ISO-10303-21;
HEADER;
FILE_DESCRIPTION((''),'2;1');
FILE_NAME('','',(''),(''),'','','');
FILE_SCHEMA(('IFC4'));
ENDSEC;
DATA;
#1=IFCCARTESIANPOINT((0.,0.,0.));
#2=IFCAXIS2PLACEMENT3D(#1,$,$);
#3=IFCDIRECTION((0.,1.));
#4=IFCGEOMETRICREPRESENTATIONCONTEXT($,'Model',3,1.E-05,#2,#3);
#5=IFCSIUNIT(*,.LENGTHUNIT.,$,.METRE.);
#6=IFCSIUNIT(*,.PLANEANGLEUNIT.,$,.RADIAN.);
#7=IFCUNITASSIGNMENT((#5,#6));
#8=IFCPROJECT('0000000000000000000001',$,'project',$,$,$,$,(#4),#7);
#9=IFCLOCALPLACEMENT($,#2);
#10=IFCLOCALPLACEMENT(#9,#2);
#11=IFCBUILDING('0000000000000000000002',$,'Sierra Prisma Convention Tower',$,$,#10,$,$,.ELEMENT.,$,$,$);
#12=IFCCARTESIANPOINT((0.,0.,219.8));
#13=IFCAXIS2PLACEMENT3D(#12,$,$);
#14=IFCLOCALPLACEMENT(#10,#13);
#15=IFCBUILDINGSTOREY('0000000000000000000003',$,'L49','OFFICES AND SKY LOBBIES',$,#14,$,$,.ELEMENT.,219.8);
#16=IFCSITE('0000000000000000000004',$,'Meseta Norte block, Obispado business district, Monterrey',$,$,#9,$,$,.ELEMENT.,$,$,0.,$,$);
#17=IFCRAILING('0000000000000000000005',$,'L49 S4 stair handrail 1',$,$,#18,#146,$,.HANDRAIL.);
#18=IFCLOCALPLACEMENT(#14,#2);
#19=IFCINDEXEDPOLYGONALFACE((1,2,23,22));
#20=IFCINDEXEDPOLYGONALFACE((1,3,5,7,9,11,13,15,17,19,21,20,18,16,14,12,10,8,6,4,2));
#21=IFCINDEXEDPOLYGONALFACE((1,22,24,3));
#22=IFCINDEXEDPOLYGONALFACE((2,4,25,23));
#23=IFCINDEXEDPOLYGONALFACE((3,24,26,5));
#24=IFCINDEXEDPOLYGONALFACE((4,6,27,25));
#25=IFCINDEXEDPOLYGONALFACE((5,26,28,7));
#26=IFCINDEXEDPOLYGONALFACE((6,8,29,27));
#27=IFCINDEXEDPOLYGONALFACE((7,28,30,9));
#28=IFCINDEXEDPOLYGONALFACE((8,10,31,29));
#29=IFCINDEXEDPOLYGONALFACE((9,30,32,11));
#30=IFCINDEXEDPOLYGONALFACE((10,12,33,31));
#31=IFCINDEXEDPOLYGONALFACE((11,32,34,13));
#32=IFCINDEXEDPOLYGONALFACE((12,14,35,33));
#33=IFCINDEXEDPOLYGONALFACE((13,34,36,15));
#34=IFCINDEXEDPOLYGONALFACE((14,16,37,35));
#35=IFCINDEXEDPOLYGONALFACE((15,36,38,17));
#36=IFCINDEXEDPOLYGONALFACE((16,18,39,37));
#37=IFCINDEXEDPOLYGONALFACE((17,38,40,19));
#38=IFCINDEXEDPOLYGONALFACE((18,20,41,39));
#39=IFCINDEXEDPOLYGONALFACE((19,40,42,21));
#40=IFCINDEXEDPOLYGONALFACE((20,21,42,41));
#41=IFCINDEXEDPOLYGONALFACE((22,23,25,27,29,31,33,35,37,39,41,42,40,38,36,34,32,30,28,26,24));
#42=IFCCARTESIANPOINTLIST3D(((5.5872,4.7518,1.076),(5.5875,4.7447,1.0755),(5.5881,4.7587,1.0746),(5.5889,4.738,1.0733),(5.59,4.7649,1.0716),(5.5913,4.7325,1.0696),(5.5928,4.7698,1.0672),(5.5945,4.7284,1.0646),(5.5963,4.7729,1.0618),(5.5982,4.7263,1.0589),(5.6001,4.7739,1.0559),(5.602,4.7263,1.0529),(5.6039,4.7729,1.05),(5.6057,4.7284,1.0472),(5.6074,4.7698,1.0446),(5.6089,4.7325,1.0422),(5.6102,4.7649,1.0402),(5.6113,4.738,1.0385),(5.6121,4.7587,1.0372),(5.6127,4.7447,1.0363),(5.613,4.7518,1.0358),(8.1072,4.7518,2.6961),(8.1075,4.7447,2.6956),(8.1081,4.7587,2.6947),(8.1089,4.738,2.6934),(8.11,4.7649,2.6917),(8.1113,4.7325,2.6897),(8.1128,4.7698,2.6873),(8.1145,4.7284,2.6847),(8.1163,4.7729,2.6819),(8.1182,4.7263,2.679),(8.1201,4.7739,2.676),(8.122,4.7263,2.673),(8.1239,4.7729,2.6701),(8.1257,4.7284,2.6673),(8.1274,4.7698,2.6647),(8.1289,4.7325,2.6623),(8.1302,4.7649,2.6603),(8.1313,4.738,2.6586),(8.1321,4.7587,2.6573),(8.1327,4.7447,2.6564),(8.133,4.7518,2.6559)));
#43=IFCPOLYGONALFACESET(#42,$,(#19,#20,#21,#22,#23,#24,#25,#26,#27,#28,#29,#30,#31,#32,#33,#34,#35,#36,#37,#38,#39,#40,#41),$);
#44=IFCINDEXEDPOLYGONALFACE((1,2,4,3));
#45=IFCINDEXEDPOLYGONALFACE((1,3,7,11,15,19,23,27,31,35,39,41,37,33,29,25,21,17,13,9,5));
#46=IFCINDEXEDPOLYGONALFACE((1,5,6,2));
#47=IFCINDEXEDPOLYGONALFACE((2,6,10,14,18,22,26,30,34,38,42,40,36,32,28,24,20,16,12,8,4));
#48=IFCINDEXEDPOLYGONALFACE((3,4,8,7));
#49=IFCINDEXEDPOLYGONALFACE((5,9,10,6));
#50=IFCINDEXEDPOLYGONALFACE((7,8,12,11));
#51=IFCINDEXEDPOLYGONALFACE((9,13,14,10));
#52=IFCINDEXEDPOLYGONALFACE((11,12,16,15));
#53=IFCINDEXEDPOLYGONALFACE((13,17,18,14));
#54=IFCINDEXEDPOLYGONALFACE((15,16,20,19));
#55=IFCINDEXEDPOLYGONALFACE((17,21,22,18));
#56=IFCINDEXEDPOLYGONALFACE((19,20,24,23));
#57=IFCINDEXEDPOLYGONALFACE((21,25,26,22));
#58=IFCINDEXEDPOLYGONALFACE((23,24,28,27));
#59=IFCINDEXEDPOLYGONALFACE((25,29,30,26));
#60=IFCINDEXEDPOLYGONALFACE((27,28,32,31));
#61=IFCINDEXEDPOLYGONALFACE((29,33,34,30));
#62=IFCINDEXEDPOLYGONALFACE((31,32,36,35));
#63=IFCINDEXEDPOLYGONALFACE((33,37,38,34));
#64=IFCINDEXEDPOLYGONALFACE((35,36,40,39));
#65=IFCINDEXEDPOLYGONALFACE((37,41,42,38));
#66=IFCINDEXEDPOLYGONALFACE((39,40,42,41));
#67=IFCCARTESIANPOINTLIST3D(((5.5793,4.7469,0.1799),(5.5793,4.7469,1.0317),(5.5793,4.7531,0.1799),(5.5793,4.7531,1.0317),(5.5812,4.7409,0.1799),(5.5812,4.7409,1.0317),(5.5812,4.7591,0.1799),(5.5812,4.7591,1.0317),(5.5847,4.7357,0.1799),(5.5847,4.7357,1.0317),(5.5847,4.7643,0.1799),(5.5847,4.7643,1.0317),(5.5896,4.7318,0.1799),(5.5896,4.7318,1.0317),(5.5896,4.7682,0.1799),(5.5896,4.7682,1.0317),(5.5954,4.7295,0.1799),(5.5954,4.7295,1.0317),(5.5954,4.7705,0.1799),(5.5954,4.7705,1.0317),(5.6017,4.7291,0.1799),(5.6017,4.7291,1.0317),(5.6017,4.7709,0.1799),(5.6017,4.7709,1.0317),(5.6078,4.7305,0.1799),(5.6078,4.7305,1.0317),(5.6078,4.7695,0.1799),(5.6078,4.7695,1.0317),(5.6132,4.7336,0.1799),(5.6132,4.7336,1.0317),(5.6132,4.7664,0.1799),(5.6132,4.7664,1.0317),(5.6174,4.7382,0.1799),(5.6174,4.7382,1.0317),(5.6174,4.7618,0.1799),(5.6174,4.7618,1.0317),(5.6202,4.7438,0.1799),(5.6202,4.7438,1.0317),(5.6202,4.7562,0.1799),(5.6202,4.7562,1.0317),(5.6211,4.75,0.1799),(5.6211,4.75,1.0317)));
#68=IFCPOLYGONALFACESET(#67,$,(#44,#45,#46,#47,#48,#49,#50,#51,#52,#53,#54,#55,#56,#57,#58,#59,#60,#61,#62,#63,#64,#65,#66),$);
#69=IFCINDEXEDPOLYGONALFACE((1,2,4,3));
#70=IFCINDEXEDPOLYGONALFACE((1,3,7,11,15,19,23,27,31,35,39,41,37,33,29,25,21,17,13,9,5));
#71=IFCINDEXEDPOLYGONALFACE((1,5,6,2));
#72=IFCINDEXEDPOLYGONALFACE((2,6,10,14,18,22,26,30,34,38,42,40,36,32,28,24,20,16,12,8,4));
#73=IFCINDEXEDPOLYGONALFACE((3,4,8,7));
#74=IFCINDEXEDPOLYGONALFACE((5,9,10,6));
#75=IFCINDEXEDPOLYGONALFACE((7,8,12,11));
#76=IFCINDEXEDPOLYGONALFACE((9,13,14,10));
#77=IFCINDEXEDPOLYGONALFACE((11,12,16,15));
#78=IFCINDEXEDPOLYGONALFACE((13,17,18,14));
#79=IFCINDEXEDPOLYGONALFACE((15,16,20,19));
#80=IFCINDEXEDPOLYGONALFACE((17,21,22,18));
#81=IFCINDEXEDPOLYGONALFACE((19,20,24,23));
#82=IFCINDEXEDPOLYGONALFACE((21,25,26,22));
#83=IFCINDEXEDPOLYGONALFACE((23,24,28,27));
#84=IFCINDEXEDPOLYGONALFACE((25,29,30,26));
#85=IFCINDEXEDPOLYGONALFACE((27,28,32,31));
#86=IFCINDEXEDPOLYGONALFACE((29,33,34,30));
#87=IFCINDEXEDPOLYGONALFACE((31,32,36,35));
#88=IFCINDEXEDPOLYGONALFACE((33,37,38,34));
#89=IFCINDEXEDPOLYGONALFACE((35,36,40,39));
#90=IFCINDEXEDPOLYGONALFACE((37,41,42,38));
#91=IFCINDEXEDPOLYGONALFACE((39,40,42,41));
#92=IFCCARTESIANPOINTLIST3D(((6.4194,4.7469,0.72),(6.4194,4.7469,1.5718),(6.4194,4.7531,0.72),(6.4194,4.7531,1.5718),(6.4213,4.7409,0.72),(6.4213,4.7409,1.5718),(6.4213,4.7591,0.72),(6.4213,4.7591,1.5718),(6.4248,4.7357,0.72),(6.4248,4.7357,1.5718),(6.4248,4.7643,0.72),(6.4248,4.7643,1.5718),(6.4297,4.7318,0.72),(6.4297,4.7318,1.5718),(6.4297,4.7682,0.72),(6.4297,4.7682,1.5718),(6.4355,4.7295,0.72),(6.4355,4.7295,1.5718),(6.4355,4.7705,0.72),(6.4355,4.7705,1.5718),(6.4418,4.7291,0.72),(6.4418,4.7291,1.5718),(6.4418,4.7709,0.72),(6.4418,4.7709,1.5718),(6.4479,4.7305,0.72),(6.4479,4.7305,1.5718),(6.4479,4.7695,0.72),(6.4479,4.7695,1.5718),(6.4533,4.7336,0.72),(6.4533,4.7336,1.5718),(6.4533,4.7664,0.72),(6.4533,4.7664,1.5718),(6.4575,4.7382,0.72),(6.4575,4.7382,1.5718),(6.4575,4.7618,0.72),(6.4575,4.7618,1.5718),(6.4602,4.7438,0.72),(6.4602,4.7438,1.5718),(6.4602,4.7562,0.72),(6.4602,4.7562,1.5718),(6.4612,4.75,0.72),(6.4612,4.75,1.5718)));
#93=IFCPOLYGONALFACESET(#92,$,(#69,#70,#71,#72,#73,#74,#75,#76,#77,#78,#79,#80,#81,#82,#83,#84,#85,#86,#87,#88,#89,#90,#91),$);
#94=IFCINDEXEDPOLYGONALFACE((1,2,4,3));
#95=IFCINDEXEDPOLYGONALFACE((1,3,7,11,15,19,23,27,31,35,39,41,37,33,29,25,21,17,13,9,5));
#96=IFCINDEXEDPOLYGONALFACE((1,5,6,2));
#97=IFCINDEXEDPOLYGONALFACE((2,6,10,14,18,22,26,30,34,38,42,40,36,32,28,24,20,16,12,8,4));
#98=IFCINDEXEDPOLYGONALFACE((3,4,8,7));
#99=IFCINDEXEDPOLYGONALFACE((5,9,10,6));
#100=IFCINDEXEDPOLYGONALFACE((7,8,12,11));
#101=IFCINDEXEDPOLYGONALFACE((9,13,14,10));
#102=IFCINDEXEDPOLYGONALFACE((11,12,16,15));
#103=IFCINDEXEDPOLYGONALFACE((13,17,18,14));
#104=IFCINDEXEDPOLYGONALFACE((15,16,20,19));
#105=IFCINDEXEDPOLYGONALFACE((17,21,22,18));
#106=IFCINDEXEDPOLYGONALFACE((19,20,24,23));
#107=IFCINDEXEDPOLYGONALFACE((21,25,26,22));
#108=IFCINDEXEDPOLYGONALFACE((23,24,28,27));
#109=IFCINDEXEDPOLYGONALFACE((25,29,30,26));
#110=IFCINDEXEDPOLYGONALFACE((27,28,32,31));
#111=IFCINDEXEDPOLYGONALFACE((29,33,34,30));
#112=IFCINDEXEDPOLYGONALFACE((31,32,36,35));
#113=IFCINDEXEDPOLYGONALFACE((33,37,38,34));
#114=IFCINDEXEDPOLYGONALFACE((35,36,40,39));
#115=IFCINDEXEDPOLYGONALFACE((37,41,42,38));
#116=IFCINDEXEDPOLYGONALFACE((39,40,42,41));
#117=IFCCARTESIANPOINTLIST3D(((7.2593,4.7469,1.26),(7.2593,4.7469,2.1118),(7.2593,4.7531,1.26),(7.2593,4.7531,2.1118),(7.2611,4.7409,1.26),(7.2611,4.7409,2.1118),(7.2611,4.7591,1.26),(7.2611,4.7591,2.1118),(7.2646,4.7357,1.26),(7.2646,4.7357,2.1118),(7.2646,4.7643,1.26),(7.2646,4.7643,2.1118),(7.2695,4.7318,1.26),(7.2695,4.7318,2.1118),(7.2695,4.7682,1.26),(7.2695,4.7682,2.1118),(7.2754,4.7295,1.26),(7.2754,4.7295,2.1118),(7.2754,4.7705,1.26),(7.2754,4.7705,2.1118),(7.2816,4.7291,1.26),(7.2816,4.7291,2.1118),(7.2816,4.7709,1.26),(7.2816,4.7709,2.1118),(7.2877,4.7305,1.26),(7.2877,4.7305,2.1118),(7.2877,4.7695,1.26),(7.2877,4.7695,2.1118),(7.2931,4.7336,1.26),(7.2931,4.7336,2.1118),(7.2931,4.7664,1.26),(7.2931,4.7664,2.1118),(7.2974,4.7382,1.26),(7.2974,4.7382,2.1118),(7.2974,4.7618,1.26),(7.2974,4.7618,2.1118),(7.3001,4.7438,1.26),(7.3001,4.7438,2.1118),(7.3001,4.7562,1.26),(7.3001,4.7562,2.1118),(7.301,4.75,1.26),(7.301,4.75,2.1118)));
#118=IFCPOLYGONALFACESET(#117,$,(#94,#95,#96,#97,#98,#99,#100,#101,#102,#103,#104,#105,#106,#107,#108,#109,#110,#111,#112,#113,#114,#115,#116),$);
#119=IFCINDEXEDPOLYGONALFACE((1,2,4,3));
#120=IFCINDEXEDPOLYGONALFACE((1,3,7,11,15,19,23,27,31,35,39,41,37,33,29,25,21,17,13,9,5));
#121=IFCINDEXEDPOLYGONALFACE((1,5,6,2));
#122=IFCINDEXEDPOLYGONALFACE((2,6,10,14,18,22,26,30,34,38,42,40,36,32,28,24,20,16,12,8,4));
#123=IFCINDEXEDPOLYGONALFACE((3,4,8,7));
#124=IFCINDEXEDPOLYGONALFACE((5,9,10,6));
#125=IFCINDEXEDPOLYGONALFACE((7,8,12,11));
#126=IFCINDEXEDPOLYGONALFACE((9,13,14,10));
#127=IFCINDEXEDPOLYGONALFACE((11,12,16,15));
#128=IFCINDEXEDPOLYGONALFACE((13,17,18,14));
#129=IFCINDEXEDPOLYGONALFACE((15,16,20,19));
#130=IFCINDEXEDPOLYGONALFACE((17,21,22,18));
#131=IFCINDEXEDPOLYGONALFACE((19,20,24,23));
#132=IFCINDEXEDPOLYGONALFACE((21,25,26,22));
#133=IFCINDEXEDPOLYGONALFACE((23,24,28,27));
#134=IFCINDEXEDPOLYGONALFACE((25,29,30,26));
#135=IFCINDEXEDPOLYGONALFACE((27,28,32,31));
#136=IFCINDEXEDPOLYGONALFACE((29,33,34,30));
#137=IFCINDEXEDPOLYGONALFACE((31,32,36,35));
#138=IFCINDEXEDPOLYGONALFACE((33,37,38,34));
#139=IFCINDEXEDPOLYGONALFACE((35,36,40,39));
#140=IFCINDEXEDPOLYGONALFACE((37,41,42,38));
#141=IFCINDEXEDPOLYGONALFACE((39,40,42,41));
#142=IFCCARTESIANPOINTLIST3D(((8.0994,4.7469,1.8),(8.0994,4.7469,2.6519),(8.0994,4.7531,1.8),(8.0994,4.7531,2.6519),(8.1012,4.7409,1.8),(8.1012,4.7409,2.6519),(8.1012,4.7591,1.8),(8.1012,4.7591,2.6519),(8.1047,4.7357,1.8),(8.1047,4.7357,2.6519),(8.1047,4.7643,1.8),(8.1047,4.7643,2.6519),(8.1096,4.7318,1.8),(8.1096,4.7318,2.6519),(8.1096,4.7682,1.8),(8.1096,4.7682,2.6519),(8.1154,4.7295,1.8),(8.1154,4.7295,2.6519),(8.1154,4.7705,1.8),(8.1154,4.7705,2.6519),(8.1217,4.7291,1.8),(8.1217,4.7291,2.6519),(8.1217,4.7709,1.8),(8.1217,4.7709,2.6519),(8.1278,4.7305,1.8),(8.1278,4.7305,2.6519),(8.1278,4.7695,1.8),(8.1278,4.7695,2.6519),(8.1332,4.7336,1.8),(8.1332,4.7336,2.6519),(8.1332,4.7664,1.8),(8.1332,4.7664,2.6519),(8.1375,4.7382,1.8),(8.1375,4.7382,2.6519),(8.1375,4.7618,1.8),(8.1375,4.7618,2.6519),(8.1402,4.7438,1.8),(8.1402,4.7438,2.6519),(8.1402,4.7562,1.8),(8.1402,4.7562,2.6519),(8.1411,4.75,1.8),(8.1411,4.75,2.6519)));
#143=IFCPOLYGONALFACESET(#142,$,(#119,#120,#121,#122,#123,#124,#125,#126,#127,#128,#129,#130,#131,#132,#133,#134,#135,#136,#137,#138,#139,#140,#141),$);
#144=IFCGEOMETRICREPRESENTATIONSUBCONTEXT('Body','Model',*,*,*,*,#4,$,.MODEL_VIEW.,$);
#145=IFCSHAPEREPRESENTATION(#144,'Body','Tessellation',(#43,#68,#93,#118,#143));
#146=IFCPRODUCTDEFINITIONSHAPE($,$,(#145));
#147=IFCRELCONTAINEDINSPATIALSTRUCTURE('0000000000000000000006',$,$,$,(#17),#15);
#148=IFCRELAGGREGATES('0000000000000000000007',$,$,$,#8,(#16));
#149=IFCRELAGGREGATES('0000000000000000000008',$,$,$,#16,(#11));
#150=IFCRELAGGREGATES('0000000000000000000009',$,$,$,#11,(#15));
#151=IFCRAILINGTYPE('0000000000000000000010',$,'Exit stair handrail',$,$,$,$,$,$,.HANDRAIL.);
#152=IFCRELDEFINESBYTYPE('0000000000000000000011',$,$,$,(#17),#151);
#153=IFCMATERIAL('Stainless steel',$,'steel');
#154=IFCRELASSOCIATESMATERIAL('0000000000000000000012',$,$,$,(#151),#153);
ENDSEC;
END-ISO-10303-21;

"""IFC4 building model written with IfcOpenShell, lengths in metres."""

from ifc_helpers import new_model, si_unit, direction, frame, origin, origin_2d, place, context, subcontext, project, spatial, circle, extrude, material, type_object, element, save


model = new_model("IFC4")

# Units and contexts
model_context = context("Model", 3, precision=1e-05, world=origin(), true_north=direction((0.0, 1.0)))
body_context = subcontext(model_context, "Body", "Model", "MODEL_VIEW")
ifc_project = project(units=[si_unit("LENGTHUNIT", "METRE"), si_unit("PLANEANGLEUNIT", "RADIAN")], contexts=[model_context])

# Site, building, storey
site_placement = place(None, origin())
site = spatial("IfcSite", under=ifc_project, at=site_placement, Name="Meseta Norte block, Obispado business district, Monterrey", CompositionType="ELEMENT", RefElevation=0.0)
building_placement = place(site_placement, origin())
building = spatial("IfcBuilding", under=site, at=building_placement, Name="Sierra Prisma Convention Tower", CompositionType="ELEMENT")
storey_placement = place(building_placement, frame((0.0, 0.0, 219.8)))
storey = spatial("IfcBuildingStorey", under=building, at=storey_placement, Name="L49", Description="OFFICES AND SKY LOBBIES", CompositionType="ELEMENT", Elevation=219.8)

# Railing
ifc_material_1 = material(Name="Stainless steel", Category="steel")
railing_type_1 = type_object("IfcRailingType", Name="Exit stair handrail", PredefinedType="HANDRAIL", material=ifc_material_1)
railing_1_placement = place(storey_placement, frame((5.6001, 4.75, 0.1799)))
element("IfcRailing", 1, at=railing_1_placement, inside=storey, type_object=railing_type_1, Name="L49 S4 stair handrail 1", PredefinedType="HANDRAIL", context=body_context, shape_type="SweptSolid", body=[
    extrude(circle(Radius=0.0239, at=origin_2d()), frame((0.0, 0.0, 0.876), z_axis=(0.841163, 0.0, 0.540782), x_axis=(0.0, 1.0, 0.0)), (0.0, 0.0, 1.0), 2.9958),
    extrude(circle(Radius=0.021, at=origin_2d()), origin(), (0.0, 0.0, 1.0), 0.8518),
    extrude(circle(Radius=0.021, at=origin_2d()), frame((0.8401, 0.0, 0.54)), (0.0, 0.0, 1.0), 0.8518),
    extrude(circle(Radius=0.021, at=origin_2d()), frame((1.6799, 0.0, 1.0801)), (0.0, 0.0, 1.0), 0.8518),
    extrude(circle(Radius=0.021, at=origin_2d()), frame((2.52, 0.0, 1.6201)), (0.0, 0.0, 1.0), 0.8518),
])

save(model, "model.ifc")
